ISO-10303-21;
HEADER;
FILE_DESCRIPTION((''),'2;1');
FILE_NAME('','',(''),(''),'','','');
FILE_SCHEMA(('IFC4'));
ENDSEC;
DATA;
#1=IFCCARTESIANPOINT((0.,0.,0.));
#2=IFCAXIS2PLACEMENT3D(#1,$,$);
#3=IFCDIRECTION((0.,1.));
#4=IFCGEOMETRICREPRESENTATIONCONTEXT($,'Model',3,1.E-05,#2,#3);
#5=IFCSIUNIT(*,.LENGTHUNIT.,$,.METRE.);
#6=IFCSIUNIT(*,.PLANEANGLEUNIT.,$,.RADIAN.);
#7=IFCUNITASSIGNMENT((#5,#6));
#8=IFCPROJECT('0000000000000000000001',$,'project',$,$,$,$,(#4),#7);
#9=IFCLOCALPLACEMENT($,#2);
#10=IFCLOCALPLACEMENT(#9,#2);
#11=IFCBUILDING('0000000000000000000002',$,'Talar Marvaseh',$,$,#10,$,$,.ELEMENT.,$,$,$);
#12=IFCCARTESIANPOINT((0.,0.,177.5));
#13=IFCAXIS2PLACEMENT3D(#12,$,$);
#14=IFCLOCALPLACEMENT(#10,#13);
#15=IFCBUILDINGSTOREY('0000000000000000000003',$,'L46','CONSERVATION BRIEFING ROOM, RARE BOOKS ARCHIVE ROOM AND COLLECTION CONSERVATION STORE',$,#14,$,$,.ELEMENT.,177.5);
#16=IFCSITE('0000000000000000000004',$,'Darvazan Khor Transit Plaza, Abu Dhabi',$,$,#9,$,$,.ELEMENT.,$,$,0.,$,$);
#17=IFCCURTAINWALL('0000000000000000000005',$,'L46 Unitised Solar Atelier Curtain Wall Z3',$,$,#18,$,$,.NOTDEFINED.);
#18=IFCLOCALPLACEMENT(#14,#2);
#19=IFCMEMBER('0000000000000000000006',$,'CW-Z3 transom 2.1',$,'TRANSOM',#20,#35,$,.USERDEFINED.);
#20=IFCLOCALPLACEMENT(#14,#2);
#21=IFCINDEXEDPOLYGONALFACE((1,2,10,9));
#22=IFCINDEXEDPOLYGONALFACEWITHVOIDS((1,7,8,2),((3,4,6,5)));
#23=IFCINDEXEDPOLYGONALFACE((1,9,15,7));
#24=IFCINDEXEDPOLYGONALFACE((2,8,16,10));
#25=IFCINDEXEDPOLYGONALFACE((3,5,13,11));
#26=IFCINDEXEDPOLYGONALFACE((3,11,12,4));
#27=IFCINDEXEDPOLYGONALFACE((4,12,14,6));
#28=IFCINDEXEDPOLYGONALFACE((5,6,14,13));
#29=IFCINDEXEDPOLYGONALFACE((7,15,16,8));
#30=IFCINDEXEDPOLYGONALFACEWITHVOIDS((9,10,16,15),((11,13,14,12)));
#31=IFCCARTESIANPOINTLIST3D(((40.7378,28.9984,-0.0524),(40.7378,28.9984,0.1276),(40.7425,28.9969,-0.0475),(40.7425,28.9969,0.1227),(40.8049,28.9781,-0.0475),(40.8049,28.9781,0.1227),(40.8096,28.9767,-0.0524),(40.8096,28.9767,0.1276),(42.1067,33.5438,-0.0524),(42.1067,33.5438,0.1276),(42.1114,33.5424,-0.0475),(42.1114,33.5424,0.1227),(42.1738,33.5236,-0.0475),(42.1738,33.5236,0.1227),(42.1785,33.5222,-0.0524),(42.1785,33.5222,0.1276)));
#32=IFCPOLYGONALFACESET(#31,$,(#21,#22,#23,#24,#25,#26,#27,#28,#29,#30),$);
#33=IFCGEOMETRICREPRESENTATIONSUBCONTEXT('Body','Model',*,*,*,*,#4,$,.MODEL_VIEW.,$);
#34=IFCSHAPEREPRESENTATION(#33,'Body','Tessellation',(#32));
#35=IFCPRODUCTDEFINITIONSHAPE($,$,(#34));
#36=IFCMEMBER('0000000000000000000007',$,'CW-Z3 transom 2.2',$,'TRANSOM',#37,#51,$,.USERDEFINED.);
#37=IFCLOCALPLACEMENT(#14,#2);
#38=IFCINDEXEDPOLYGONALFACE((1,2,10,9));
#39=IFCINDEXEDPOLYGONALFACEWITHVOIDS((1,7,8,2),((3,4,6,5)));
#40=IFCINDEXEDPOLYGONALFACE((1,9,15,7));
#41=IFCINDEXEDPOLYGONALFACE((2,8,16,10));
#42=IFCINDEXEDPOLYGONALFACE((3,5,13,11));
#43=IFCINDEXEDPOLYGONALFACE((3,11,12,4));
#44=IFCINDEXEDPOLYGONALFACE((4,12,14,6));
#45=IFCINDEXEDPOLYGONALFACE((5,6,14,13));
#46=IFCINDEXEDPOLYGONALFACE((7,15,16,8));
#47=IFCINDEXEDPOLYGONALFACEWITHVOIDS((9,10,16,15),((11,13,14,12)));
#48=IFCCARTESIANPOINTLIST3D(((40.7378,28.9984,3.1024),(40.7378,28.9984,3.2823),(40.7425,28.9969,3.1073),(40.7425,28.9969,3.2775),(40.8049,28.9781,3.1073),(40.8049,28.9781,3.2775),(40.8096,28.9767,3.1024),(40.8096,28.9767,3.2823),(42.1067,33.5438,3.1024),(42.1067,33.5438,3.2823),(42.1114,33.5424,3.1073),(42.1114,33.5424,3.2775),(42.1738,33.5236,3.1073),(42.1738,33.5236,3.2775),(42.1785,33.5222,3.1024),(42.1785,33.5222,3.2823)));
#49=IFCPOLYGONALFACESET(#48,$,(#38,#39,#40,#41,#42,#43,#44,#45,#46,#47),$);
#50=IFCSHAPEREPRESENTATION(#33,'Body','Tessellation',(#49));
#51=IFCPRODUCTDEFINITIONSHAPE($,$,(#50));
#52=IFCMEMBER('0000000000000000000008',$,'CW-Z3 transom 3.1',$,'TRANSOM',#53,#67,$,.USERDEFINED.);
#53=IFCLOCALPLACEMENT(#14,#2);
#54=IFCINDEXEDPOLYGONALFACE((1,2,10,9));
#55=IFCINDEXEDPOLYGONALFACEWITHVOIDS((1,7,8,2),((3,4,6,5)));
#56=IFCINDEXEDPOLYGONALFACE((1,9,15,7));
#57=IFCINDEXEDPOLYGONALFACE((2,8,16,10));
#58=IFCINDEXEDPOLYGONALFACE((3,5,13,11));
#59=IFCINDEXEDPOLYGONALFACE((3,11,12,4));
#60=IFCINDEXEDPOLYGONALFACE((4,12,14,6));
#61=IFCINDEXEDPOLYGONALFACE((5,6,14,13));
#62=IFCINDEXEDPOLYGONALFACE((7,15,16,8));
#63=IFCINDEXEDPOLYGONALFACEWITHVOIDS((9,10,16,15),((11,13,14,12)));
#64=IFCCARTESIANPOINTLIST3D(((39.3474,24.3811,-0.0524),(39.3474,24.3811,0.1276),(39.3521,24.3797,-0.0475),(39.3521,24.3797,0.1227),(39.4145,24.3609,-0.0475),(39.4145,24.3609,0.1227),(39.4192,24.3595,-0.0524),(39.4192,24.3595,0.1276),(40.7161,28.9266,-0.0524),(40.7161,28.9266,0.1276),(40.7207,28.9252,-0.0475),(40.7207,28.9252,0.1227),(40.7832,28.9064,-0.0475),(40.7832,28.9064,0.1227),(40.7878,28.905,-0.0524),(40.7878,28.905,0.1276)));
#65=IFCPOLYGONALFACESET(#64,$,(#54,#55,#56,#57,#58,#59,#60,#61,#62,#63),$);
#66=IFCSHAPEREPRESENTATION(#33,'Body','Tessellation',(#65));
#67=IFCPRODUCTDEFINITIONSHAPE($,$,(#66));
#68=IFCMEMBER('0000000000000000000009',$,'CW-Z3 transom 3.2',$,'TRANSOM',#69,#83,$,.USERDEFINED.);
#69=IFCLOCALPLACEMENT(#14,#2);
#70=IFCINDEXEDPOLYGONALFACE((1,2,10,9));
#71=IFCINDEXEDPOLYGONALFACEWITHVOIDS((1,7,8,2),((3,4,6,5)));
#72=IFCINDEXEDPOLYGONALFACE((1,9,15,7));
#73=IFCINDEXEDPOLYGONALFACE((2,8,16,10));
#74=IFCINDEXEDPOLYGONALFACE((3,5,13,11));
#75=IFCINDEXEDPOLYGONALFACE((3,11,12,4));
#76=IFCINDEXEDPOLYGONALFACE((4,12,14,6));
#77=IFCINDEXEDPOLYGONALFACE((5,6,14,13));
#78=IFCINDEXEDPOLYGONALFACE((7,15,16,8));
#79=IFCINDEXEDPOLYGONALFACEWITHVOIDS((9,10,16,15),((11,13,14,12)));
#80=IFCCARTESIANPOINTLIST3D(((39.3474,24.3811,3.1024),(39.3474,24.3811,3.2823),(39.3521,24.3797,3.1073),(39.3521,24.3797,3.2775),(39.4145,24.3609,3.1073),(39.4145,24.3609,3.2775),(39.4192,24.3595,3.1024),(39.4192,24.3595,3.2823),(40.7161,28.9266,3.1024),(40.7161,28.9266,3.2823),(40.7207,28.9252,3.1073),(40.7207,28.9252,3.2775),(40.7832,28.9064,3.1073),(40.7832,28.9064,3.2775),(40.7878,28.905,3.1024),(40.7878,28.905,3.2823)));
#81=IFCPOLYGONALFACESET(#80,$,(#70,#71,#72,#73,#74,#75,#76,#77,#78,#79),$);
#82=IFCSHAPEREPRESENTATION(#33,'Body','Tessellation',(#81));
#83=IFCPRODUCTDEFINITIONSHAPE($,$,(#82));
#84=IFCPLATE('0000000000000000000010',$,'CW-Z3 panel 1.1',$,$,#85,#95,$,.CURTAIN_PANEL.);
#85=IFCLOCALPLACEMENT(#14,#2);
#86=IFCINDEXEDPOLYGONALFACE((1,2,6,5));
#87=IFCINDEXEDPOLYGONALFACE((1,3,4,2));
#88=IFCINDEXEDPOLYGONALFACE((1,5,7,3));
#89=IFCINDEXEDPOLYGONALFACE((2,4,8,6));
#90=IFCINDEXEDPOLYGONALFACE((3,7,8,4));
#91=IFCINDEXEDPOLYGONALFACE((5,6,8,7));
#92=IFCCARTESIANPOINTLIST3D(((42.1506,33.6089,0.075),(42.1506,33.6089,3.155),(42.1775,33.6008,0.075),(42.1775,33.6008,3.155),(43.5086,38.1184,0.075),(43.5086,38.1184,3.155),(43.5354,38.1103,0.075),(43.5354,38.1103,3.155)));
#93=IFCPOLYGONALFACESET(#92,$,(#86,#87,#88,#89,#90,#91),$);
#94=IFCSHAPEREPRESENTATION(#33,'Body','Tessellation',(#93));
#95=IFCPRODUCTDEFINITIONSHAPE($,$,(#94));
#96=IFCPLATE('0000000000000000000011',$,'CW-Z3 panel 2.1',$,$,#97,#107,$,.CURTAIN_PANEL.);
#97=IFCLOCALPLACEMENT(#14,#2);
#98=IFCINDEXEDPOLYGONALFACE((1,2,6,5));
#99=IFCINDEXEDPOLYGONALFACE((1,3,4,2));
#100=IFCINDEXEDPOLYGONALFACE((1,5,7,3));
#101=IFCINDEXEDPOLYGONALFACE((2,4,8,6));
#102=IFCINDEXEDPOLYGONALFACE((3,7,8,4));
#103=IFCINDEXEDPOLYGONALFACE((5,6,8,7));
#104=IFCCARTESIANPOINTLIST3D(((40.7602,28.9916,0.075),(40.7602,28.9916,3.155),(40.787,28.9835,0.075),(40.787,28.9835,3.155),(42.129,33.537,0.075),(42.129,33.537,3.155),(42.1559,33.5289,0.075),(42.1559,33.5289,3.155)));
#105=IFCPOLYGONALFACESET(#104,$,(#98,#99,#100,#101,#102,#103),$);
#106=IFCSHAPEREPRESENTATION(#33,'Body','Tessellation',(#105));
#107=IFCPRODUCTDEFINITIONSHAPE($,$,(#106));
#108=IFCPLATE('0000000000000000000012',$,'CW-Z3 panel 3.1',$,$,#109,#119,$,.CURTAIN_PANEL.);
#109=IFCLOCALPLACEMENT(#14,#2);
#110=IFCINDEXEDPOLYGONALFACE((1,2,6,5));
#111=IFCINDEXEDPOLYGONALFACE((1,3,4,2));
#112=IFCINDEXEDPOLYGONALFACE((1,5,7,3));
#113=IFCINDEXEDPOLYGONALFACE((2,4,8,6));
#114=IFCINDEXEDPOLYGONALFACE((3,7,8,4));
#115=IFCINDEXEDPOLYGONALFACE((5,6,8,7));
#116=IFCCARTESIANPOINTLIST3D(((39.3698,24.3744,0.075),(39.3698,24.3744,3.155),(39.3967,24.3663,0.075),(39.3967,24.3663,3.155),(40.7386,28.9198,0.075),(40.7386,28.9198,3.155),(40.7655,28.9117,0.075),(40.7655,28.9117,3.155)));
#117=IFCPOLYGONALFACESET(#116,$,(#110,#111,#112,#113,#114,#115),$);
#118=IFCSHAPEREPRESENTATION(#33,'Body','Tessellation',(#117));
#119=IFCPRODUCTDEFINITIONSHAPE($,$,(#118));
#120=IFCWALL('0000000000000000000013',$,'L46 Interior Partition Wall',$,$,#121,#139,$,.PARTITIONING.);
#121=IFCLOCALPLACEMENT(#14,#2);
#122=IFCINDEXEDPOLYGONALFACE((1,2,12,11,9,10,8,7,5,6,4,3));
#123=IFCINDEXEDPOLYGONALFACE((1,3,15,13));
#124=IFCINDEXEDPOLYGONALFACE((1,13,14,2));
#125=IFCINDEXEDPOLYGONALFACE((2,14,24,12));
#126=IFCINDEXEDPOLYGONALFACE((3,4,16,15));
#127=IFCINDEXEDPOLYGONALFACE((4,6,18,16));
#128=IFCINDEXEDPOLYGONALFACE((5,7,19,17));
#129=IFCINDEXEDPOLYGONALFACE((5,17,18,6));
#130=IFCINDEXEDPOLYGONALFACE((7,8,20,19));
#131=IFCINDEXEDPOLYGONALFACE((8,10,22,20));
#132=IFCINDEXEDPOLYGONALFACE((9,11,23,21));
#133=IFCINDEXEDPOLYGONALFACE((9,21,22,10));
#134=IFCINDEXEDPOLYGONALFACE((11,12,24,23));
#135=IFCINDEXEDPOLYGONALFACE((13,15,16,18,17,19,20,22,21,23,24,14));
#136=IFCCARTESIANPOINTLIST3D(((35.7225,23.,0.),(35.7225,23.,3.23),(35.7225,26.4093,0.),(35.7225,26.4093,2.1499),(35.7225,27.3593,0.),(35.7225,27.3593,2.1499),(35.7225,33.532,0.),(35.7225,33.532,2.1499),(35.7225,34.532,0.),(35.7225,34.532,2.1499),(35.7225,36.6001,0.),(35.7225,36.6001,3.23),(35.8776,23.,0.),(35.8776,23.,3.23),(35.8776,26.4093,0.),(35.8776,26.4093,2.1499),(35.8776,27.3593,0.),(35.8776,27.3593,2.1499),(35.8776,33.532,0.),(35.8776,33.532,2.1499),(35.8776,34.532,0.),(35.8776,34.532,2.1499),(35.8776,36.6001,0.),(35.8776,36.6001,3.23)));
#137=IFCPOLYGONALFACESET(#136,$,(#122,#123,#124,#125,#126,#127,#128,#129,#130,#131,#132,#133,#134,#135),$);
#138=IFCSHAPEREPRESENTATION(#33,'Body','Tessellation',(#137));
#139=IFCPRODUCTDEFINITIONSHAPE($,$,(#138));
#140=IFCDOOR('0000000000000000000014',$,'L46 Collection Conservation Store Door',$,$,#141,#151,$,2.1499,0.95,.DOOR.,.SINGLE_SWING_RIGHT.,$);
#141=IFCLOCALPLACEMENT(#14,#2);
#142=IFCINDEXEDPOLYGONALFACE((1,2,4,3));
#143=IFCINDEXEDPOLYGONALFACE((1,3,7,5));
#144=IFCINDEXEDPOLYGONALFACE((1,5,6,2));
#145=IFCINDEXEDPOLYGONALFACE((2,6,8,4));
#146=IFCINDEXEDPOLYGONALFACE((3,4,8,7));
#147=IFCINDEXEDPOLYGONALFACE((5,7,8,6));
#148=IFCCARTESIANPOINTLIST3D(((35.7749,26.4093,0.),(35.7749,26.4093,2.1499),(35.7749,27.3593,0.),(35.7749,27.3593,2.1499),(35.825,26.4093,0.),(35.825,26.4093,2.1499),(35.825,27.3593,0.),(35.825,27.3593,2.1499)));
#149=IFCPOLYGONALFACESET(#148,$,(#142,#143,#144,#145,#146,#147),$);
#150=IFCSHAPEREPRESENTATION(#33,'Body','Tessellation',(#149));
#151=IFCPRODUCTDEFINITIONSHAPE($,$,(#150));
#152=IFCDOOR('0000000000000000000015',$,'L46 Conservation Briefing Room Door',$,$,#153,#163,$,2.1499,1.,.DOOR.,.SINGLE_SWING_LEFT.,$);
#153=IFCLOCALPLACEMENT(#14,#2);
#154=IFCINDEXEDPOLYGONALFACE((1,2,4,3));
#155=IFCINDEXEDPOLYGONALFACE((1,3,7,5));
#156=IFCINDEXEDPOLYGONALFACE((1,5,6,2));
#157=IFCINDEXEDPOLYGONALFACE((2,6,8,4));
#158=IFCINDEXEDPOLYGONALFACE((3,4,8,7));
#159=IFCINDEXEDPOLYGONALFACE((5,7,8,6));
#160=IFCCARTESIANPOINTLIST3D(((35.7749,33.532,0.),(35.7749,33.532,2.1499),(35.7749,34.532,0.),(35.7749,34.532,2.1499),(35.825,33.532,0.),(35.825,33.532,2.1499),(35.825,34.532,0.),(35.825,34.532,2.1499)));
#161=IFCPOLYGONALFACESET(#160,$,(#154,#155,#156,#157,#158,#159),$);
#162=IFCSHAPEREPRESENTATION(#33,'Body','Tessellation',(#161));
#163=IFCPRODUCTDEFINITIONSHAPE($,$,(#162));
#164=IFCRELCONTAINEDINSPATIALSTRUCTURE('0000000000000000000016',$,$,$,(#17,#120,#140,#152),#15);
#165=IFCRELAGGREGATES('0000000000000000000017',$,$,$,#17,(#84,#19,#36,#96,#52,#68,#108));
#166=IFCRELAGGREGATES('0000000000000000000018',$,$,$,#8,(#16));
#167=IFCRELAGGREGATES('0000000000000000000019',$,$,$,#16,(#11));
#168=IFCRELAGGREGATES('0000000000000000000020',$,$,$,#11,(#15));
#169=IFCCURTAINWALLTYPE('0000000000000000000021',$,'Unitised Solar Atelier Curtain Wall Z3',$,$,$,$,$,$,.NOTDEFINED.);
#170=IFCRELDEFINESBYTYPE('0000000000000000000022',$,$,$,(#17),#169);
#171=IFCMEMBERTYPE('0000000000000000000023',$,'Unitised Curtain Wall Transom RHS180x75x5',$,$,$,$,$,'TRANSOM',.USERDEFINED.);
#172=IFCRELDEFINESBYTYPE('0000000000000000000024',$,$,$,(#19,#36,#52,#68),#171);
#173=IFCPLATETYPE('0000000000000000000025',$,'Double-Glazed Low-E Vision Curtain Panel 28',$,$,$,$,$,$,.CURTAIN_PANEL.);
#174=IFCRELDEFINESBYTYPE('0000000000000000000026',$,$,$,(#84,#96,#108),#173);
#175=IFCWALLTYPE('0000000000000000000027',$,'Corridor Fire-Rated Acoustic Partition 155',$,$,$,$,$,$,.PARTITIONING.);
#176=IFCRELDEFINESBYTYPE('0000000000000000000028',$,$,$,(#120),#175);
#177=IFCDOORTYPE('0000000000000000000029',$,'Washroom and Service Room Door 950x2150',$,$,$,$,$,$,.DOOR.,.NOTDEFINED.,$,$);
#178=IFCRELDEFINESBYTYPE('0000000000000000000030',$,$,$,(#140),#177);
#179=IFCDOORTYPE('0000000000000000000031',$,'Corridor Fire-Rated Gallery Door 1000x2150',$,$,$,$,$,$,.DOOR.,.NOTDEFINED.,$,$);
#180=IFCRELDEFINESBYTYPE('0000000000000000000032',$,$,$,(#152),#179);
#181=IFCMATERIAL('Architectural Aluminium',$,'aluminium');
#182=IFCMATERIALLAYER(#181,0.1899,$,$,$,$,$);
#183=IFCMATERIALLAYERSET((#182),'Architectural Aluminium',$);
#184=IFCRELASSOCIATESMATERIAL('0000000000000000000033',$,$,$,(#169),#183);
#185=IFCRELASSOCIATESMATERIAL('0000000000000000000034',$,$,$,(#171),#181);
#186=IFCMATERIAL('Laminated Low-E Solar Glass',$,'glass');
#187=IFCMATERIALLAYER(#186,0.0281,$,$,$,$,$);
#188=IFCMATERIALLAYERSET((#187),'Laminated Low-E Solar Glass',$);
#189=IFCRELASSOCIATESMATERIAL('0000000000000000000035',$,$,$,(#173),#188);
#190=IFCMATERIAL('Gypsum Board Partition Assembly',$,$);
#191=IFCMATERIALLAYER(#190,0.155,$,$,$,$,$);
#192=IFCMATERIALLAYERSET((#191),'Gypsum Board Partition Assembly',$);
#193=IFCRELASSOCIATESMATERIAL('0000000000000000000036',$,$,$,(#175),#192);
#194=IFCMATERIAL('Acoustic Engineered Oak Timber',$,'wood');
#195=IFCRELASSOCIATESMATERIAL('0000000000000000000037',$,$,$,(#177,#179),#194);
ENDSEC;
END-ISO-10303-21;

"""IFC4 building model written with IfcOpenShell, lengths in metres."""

from ifc_helpers import new_model, si_unit, direction, frame, frame_2d, origin, origin_2d, place, context, subcontext, project, spatial, rectangle, hollow_rectangle, extrude, source, transform, mapped, material, layer, layer_set, material_profile, profile_set, type_object, type_shapes, element, fill, aggregate, save


model = new_model("IFC4")

# Units and contexts
model_context = context("Model", 3, precision=1e-05, world=origin(), true_north=direction((0.0, 1.0)))
body_context = subcontext(model_context, "Body", "Model", "MODEL_VIEW")
ifc_project = project(units=[si_unit("LENGTHUNIT", "METRE"), si_unit("PLANEANGLEUNIT", "RADIAN")], contexts=[model_context])

# Site, building, storey
site_placement = place(None, origin())
site = spatial("IfcSite", under=ifc_project, at=site_placement, Name="Darvazan Khor Transit Plaza, Abu Dhabi", CompositionType="ELEMENT", RefElevation=0.0)
building_placement = place(site_placement, origin())
building = spatial("IfcBuilding", under=site, at=building_placement, Name="Talar Marvaseh", CompositionType="ELEMENT")
storey_placement = place(building_placement, frame((0.0, 0.0, 177.5)))
storey = spatial("IfcBuildingStorey", under=building, at=storey_placement, Name="L46", Description="CONSERVATION BRIEFING ROOM, RARE BOOKS ARCHIVE ROOM AND COLLECTION CONSERVATION STORE", CompositionType="ELEMENT", Elevation=177.5)

# Curtain wall, members, plates
ifc_material_1 = material(Name="Architectural Aluminium", Category="aluminium")
ifc_layer_1 = layer(ifc_material_1, 0.1899)
ifc_layer_set_1 = layer_set([ifc_layer_1], Name="Architectural Aluminium")
curtain_wall_type = type_object("IfcCurtainWallType", Name="Unitised Solar Atelier Curtain Wall Z3", PredefinedType="NOTDEFINED", material=ifc_layer_set_1)
curtain_wall_placement = place(storey_placement, origin())
curtain_wall = element("IfcCurtainWall", 1, at=curtain_wall_placement, inside=storey, type_object=curtain_wall_type, Name="L46 Unitised Solar Atelier Curtain Wall Z3", PredefinedType="NOTDEFINED")
ifc_material_profile_1 = material_profile(ifc_material_1, hollow_rectangle(XDim=0.075, YDim=0.1799, WallThickness=0.0049, at=origin_2d()), Name="RHS180x75x5")
ifc_profile_set_1 = profile_set([ifc_material_profile_1], Name="Architectural Aluminium")
member_type_1 = type_object("IfcMemberType", Name="Unitised Curtain Wall Transom RHS180x75x5", ElementType="TRANSOM", PredefinedType="USERDEFINED", material=ifc_profile_set_1)
shared_shape_1 = source(origin(), body_context, "Body", "SweptSolid", [
    extrude(hollow_rectangle(XDim=0.075, YDim=0.1799, WallThickness=0.0049, at=origin_2d()), origin(), (0.0, 0.0, 1.0), 4.7471),
])
type_shapes(member_type_1, [shared_shape_1])
member_1_placement = place(storey_placement, frame((42.1426, 33.533, 0.0376), z_axis=(-0.288367, -0.95752, 0.0), x_axis=(0.95752, -0.288367, 0.0)))
member_1 = element("IfcMember", 2, at=member_1_placement, type_object=member_type_1, Name="CW-Z3 transom 2.1", ObjectType="TRANSOM", PredefinedType="USERDEFINED", context=body_context, shape_type="MappedRepresentation", body=[
    mapped(shared_shape_1, transform((0.0, 0.0, 0.0), x_axis=(1.0, 0.0, 0.0), y_axis=(0.0, 1.0, 0.0), z_axis=(0.0, 0.0, 1.0), scale=1.0)),
])
member_2_placement = place(storey_placement, frame((42.1426, 33.533, 3.1924), z_axis=(-0.288367, -0.95752, 0.0), x_axis=(0.95752, -0.288367, 0.0)))
member_2 = element("IfcMember", 3, at=member_2_placement, type_object=member_type_1, Name="CW-Z3 transom 2.2", ObjectType="TRANSOM", PredefinedType="USERDEFINED", context=body_context, shape_type="MappedRepresentation", body=[
    mapped(shared_shape_1, transform((0.0, 0.0, 0.0), x_axis=(1.0, 0.0, 0.0), y_axis=(0.0, 1.0, 0.0), z_axis=(0.0, 0.0, 1.0), scale=1.0)),
])
member_3_placement = place(storey_placement, frame((40.752, 28.9158, 0.0376), z_axis=(-0.28832, -0.957534, 0.0), x_axis=(0.957534, -0.28832, 0.0)))
member_3 = element("IfcMember", 4, at=member_3_placement, type_object=member_type_1, Name="CW-Z3 transom 3.1", ObjectType="TRANSOM", PredefinedType="USERDEFINED", context=body_context, shape_type="MappedRepresentation", body=[
    mapped(shared_shape_1, transform((0.0, 0.0, 0.0), x_axis=(1.0, 0.0, 0.0), y_axis=(0.0, 1.0, 0.0), z_axis=(0.0, 0.0, 1.0), scale=1.0)),
])
member_4_placement = place(storey_placement, frame((40.752, 28.9158, 3.1924), z_axis=(-0.28832, -0.957534, 0.0), x_axis=(0.957534, -0.28832, 0.0)))
member_4 = element("IfcMember", 5, at=member_4_placement, type_object=member_type_1, Name="CW-Z3 transom 3.2", ObjectType="TRANSOM", PredefinedType="USERDEFINED", context=body_context, shape_type="MappedRepresentation", body=[
    mapped(shared_shape_1, transform((0.0, 0.0, 0.0), x_axis=(1.0, 0.0, 0.0), y_axis=(0.0, 1.0, 0.0), z_axis=(0.0, 0.0, 1.0), scale=1.0)),
])
ifc_material_2 = material(Name="Laminated Low-E Solar Glass", Category="glass")
ifc_layer_2 = layer(ifc_material_2, 0.0281)
ifc_layer_set_2 = layer_set([ifc_layer_2], Name="Laminated Low-E Solar Glass")
plate_type = type_object("IfcPlateType", Name="Double-Glazed Low-E Vision Curtain Panel 28", PredefinedType="CURTAIN_PANEL", material=ifc_layer_set_2)
shared_shape_2 = source(origin(), body_context, "Body", "SweptSolid", [
    extrude(rectangle(XDim=4.7095, YDim=0.0281, at=origin_2d()), origin(), (0.0, 0.0, 1.0), 3.0801),
])
plate_1_placement = place(storey_placement, frame((42.843, 35.8596, 0.075), z_axis=(0.0, 0.0, 1.0), x_axis=(-0.288347, -0.957526, 0.0)))
plate_1 = element("IfcPlate", 6, at=plate_1_placement, type_object=plate_type, Name="CW-Z3 panel 1.1", PredefinedType="CURTAIN_PANEL", context=body_context, shape_type="MappedRepresentation", body=[
    mapped(shared_shape_2, transform((0.0, 0.0, 0.0), x_axis=(1.0, 0.0, 0.0), y_axis=(0.0, 1.0, 0.0), z_axis=(0.0, 0.0, 1.0), scale=1.0)),
])
shared_shape_3 = source(origin(), body_context, "Body", "SweptSolid", [
    extrude(rectangle(XDim=4.7471, YDim=0.0281, at=origin_2d()), origin(), (0.0, 0.0, 1.0), 3.0801),
])
type_shapes(plate_type, [shared_shape_2, shared_shape_3])
plate_2_placement = place(storey_placement, frame((41.458, 31.2603, 0.075), z_axis=(0.0, 0.0, 1.0), x_axis=(-0.288347, -0.957526, 0.0)))
plate_2 = element("IfcPlate", 7, at=plate_2_placement, type_object=plate_type, Name="CW-Z3 panel 2.1", PredefinedType="CURTAIN_PANEL", context=body_context, shape_type="MappedRepresentation", body=[
    mapped(shared_shape_3, transform((0.0, 0.0, 0.0), x_axis=(1.0, 0.0, 0.0), y_axis=(0.0, 1.0, 0.0), z_axis=(0.0, 0.0, 1.0), scale=1.0)),
])
plate_3_placement = place(storey_placement, frame((40.0676, 26.6431, 0.075), z_axis=(0.0, 0.0, 1.0), x_axis=(-0.288347, -0.957526, 0.0)))
plate_3 = element("IfcPlate", 8, at=plate_3_placement, type_object=plate_type, Name="CW-Z3 panel 3.1", PredefinedType="CURTAIN_PANEL", context=body_context, shape_type="MappedRepresentation", body=[
    mapped(shared_shape_3, transform((0.0, 0.0, 0.0), x_axis=(1.0, 0.0, 0.0), y_axis=(0.0, 1.0, 0.0), z_axis=(0.0, 0.0, 1.0), scale=1.0)),
])
aggregate(curtain_wall, [plate_1, member_1, member_2, plate_2, member_3, member_4, plate_3])

# Wall, openings, doors
ifc_material_3 = material(Name="Gypsum Board Partition Assembly")
ifc_layer_3 = layer(ifc_material_3, 0.155)
ifc_layer_set_3 = layer_set([ifc_layer_3], Name="Gypsum Board Partition Assembly")
wall_type_1 = type_object("IfcWallType", Name="Corridor Fire-Rated Acoustic Partition 155", PredefinedType="PARTITIONING", material=ifc_layer_set_3)
wall_1_placement = place(storey_placement, frame((35.8, 36.6001, 0.0), z_axis=(0.0, 0.0, 1.0), x_axis=(0.0, -1.0, 0.0)))
wall_1 = element("IfcWall", 9, at=wall_1_placement, inside=storey, type_object=wall_type_1, Name="L46 Interior Partition Wall", PredefinedType="PARTITIONING", context=body_context, shape_type="SweptSolid", body=[
    extrude(rectangle(XDim=13.6001, YDim=0.155, at=frame_2d((6.8, 0.0))), origin(), (0.0, 0.0, 1.0), 3.23),
])
opening_1_placement = place(wall_1_placement, frame((9.2407, 0.0, 0.0)))
opening_1 = element("IfcOpeningElement", 10, at=opening_1_placement, cuts=wall_1, PredefinedType="OPENING", context=body_context, shape_type="SweptSolid", body=[
    extrude(rectangle(XDim=0.95, YDim=2.1499, at=frame_2d((0.4751, 1.075))), frame((0.0, 0.0874, 0.0), z_axis=(0.0, -1.0, 0.0), x_axis=(1.0, 0.0, 0.0)), (0.0, 0.0, 1.0), 0.175),
])
opening_2_placement = place(wall_1_placement, frame((2.0681, 0.0, 0.0)))
opening_2 = element("IfcOpeningElement", 11, at=opening_2_placement, cuts=wall_1, PredefinedType="OPENING", context=body_context, shape_type="SweptSolid", body=[
    extrude(rectangle(XDim=1.0, YDim=2.1499, at=frame_2d((0.5, 1.075))), frame((0.0, 0.0874, 0.0), z_axis=(0.0, -1.0, 0.0), x_axis=(1.0, 0.0, 0.0)), (0.0, 0.0, 1.0), 0.175),
])
ifc_material_4 = material(Name="Acoustic Engineered Oak Timber", Category="wood")
door_type_1 = type_object("IfcDoorType", Name="Washroom and Service Room Door 950x2150", OperationType="NOTDEFINED", PredefinedType="DOOR", material=ifc_material_4)
shared_shape_4 = source(origin(), body_context, "Body", "SweptSolid", [
    extrude(rectangle(XDim=0.95, YDim=2.1499, at=frame_2d((0.4751, 1.075))), frame((0.0, 0.0249, 0.0), z_axis=(0.0, -1.0, 0.0), x_axis=(1.0, 0.0, 0.0)), (0.0, 0.0, 1.0), 0.05),
])
type_shapes(door_type_1, [shared_shape_4])
door_1_placement = place(opening_1_placement, origin())
door_1 = element("IfcDoor", 12, at=door_1_placement, inside=storey, type_object=door_type_1, Name="L46 Collection Conservation Store Door", OperationType="SINGLE_SWING_RIGHT", OverallHeight=2.1499, OverallWidth=0.95, PredefinedType="DOOR", context=body_context, shape_type="MappedRepresentation", body=[
    mapped(shared_shape_4, transform((0.0, 0.0, 0.0), x_axis=(1.0, 0.0, 0.0), y_axis=(0.0, 1.0, 0.0), z_axis=(0.0, 0.0, 1.0), scale=1.0)),
])
fill(opening_1, door_1)
door_type_2 = type_object("IfcDoorType", Name="Corridor Fire-Rated Gallery Door 1000x2150", OperationType="NOTDEFINED", PredefinedType="DOOR", material=ifc_material_4)
shared_shape_5 = source(origin(), body_context, "Body", "SweptSolid", [
    extrude(rectangle(XDim=1.0, YDim=2.1499, at=frame_2d((0.5, 1.075))), frame((0.0, 0.0249, 0.0), z_axis=(0.0, -1.0, 0.0), x_axis=(1.0, 0.0, 0.0)), (0.0, 0.0, 1.0), 0.05),
])
type_shapes(door_type_2, [shared_shape_5])
door_2_placement = place(opening_2_placement, origin())
door_2 = element("IfcDoor", 13, at=door_2_placement, inside=storey, type_object=door_type_2, Name="L46 Conservation Briefing Room Door", OperationType="SINGLE_SWING_LEFT", OverallHeight=2.1499, OverallWidth=1.0, PredefinedType="DOOR", context=body_context, shape_type="MappedRepresentation", body=[
    mapped(shared_shape_5, transform((0.0, 0.0, 0.0), x_axis=(1.0, 0.0, 0.0), y_axis=(0.0, 1.0, 0.0), z_axis=(0.0, 0.0, 1.0), scale=1.0)),
])
fill(opening_2, door_2)

save(model, "model.ifc")
